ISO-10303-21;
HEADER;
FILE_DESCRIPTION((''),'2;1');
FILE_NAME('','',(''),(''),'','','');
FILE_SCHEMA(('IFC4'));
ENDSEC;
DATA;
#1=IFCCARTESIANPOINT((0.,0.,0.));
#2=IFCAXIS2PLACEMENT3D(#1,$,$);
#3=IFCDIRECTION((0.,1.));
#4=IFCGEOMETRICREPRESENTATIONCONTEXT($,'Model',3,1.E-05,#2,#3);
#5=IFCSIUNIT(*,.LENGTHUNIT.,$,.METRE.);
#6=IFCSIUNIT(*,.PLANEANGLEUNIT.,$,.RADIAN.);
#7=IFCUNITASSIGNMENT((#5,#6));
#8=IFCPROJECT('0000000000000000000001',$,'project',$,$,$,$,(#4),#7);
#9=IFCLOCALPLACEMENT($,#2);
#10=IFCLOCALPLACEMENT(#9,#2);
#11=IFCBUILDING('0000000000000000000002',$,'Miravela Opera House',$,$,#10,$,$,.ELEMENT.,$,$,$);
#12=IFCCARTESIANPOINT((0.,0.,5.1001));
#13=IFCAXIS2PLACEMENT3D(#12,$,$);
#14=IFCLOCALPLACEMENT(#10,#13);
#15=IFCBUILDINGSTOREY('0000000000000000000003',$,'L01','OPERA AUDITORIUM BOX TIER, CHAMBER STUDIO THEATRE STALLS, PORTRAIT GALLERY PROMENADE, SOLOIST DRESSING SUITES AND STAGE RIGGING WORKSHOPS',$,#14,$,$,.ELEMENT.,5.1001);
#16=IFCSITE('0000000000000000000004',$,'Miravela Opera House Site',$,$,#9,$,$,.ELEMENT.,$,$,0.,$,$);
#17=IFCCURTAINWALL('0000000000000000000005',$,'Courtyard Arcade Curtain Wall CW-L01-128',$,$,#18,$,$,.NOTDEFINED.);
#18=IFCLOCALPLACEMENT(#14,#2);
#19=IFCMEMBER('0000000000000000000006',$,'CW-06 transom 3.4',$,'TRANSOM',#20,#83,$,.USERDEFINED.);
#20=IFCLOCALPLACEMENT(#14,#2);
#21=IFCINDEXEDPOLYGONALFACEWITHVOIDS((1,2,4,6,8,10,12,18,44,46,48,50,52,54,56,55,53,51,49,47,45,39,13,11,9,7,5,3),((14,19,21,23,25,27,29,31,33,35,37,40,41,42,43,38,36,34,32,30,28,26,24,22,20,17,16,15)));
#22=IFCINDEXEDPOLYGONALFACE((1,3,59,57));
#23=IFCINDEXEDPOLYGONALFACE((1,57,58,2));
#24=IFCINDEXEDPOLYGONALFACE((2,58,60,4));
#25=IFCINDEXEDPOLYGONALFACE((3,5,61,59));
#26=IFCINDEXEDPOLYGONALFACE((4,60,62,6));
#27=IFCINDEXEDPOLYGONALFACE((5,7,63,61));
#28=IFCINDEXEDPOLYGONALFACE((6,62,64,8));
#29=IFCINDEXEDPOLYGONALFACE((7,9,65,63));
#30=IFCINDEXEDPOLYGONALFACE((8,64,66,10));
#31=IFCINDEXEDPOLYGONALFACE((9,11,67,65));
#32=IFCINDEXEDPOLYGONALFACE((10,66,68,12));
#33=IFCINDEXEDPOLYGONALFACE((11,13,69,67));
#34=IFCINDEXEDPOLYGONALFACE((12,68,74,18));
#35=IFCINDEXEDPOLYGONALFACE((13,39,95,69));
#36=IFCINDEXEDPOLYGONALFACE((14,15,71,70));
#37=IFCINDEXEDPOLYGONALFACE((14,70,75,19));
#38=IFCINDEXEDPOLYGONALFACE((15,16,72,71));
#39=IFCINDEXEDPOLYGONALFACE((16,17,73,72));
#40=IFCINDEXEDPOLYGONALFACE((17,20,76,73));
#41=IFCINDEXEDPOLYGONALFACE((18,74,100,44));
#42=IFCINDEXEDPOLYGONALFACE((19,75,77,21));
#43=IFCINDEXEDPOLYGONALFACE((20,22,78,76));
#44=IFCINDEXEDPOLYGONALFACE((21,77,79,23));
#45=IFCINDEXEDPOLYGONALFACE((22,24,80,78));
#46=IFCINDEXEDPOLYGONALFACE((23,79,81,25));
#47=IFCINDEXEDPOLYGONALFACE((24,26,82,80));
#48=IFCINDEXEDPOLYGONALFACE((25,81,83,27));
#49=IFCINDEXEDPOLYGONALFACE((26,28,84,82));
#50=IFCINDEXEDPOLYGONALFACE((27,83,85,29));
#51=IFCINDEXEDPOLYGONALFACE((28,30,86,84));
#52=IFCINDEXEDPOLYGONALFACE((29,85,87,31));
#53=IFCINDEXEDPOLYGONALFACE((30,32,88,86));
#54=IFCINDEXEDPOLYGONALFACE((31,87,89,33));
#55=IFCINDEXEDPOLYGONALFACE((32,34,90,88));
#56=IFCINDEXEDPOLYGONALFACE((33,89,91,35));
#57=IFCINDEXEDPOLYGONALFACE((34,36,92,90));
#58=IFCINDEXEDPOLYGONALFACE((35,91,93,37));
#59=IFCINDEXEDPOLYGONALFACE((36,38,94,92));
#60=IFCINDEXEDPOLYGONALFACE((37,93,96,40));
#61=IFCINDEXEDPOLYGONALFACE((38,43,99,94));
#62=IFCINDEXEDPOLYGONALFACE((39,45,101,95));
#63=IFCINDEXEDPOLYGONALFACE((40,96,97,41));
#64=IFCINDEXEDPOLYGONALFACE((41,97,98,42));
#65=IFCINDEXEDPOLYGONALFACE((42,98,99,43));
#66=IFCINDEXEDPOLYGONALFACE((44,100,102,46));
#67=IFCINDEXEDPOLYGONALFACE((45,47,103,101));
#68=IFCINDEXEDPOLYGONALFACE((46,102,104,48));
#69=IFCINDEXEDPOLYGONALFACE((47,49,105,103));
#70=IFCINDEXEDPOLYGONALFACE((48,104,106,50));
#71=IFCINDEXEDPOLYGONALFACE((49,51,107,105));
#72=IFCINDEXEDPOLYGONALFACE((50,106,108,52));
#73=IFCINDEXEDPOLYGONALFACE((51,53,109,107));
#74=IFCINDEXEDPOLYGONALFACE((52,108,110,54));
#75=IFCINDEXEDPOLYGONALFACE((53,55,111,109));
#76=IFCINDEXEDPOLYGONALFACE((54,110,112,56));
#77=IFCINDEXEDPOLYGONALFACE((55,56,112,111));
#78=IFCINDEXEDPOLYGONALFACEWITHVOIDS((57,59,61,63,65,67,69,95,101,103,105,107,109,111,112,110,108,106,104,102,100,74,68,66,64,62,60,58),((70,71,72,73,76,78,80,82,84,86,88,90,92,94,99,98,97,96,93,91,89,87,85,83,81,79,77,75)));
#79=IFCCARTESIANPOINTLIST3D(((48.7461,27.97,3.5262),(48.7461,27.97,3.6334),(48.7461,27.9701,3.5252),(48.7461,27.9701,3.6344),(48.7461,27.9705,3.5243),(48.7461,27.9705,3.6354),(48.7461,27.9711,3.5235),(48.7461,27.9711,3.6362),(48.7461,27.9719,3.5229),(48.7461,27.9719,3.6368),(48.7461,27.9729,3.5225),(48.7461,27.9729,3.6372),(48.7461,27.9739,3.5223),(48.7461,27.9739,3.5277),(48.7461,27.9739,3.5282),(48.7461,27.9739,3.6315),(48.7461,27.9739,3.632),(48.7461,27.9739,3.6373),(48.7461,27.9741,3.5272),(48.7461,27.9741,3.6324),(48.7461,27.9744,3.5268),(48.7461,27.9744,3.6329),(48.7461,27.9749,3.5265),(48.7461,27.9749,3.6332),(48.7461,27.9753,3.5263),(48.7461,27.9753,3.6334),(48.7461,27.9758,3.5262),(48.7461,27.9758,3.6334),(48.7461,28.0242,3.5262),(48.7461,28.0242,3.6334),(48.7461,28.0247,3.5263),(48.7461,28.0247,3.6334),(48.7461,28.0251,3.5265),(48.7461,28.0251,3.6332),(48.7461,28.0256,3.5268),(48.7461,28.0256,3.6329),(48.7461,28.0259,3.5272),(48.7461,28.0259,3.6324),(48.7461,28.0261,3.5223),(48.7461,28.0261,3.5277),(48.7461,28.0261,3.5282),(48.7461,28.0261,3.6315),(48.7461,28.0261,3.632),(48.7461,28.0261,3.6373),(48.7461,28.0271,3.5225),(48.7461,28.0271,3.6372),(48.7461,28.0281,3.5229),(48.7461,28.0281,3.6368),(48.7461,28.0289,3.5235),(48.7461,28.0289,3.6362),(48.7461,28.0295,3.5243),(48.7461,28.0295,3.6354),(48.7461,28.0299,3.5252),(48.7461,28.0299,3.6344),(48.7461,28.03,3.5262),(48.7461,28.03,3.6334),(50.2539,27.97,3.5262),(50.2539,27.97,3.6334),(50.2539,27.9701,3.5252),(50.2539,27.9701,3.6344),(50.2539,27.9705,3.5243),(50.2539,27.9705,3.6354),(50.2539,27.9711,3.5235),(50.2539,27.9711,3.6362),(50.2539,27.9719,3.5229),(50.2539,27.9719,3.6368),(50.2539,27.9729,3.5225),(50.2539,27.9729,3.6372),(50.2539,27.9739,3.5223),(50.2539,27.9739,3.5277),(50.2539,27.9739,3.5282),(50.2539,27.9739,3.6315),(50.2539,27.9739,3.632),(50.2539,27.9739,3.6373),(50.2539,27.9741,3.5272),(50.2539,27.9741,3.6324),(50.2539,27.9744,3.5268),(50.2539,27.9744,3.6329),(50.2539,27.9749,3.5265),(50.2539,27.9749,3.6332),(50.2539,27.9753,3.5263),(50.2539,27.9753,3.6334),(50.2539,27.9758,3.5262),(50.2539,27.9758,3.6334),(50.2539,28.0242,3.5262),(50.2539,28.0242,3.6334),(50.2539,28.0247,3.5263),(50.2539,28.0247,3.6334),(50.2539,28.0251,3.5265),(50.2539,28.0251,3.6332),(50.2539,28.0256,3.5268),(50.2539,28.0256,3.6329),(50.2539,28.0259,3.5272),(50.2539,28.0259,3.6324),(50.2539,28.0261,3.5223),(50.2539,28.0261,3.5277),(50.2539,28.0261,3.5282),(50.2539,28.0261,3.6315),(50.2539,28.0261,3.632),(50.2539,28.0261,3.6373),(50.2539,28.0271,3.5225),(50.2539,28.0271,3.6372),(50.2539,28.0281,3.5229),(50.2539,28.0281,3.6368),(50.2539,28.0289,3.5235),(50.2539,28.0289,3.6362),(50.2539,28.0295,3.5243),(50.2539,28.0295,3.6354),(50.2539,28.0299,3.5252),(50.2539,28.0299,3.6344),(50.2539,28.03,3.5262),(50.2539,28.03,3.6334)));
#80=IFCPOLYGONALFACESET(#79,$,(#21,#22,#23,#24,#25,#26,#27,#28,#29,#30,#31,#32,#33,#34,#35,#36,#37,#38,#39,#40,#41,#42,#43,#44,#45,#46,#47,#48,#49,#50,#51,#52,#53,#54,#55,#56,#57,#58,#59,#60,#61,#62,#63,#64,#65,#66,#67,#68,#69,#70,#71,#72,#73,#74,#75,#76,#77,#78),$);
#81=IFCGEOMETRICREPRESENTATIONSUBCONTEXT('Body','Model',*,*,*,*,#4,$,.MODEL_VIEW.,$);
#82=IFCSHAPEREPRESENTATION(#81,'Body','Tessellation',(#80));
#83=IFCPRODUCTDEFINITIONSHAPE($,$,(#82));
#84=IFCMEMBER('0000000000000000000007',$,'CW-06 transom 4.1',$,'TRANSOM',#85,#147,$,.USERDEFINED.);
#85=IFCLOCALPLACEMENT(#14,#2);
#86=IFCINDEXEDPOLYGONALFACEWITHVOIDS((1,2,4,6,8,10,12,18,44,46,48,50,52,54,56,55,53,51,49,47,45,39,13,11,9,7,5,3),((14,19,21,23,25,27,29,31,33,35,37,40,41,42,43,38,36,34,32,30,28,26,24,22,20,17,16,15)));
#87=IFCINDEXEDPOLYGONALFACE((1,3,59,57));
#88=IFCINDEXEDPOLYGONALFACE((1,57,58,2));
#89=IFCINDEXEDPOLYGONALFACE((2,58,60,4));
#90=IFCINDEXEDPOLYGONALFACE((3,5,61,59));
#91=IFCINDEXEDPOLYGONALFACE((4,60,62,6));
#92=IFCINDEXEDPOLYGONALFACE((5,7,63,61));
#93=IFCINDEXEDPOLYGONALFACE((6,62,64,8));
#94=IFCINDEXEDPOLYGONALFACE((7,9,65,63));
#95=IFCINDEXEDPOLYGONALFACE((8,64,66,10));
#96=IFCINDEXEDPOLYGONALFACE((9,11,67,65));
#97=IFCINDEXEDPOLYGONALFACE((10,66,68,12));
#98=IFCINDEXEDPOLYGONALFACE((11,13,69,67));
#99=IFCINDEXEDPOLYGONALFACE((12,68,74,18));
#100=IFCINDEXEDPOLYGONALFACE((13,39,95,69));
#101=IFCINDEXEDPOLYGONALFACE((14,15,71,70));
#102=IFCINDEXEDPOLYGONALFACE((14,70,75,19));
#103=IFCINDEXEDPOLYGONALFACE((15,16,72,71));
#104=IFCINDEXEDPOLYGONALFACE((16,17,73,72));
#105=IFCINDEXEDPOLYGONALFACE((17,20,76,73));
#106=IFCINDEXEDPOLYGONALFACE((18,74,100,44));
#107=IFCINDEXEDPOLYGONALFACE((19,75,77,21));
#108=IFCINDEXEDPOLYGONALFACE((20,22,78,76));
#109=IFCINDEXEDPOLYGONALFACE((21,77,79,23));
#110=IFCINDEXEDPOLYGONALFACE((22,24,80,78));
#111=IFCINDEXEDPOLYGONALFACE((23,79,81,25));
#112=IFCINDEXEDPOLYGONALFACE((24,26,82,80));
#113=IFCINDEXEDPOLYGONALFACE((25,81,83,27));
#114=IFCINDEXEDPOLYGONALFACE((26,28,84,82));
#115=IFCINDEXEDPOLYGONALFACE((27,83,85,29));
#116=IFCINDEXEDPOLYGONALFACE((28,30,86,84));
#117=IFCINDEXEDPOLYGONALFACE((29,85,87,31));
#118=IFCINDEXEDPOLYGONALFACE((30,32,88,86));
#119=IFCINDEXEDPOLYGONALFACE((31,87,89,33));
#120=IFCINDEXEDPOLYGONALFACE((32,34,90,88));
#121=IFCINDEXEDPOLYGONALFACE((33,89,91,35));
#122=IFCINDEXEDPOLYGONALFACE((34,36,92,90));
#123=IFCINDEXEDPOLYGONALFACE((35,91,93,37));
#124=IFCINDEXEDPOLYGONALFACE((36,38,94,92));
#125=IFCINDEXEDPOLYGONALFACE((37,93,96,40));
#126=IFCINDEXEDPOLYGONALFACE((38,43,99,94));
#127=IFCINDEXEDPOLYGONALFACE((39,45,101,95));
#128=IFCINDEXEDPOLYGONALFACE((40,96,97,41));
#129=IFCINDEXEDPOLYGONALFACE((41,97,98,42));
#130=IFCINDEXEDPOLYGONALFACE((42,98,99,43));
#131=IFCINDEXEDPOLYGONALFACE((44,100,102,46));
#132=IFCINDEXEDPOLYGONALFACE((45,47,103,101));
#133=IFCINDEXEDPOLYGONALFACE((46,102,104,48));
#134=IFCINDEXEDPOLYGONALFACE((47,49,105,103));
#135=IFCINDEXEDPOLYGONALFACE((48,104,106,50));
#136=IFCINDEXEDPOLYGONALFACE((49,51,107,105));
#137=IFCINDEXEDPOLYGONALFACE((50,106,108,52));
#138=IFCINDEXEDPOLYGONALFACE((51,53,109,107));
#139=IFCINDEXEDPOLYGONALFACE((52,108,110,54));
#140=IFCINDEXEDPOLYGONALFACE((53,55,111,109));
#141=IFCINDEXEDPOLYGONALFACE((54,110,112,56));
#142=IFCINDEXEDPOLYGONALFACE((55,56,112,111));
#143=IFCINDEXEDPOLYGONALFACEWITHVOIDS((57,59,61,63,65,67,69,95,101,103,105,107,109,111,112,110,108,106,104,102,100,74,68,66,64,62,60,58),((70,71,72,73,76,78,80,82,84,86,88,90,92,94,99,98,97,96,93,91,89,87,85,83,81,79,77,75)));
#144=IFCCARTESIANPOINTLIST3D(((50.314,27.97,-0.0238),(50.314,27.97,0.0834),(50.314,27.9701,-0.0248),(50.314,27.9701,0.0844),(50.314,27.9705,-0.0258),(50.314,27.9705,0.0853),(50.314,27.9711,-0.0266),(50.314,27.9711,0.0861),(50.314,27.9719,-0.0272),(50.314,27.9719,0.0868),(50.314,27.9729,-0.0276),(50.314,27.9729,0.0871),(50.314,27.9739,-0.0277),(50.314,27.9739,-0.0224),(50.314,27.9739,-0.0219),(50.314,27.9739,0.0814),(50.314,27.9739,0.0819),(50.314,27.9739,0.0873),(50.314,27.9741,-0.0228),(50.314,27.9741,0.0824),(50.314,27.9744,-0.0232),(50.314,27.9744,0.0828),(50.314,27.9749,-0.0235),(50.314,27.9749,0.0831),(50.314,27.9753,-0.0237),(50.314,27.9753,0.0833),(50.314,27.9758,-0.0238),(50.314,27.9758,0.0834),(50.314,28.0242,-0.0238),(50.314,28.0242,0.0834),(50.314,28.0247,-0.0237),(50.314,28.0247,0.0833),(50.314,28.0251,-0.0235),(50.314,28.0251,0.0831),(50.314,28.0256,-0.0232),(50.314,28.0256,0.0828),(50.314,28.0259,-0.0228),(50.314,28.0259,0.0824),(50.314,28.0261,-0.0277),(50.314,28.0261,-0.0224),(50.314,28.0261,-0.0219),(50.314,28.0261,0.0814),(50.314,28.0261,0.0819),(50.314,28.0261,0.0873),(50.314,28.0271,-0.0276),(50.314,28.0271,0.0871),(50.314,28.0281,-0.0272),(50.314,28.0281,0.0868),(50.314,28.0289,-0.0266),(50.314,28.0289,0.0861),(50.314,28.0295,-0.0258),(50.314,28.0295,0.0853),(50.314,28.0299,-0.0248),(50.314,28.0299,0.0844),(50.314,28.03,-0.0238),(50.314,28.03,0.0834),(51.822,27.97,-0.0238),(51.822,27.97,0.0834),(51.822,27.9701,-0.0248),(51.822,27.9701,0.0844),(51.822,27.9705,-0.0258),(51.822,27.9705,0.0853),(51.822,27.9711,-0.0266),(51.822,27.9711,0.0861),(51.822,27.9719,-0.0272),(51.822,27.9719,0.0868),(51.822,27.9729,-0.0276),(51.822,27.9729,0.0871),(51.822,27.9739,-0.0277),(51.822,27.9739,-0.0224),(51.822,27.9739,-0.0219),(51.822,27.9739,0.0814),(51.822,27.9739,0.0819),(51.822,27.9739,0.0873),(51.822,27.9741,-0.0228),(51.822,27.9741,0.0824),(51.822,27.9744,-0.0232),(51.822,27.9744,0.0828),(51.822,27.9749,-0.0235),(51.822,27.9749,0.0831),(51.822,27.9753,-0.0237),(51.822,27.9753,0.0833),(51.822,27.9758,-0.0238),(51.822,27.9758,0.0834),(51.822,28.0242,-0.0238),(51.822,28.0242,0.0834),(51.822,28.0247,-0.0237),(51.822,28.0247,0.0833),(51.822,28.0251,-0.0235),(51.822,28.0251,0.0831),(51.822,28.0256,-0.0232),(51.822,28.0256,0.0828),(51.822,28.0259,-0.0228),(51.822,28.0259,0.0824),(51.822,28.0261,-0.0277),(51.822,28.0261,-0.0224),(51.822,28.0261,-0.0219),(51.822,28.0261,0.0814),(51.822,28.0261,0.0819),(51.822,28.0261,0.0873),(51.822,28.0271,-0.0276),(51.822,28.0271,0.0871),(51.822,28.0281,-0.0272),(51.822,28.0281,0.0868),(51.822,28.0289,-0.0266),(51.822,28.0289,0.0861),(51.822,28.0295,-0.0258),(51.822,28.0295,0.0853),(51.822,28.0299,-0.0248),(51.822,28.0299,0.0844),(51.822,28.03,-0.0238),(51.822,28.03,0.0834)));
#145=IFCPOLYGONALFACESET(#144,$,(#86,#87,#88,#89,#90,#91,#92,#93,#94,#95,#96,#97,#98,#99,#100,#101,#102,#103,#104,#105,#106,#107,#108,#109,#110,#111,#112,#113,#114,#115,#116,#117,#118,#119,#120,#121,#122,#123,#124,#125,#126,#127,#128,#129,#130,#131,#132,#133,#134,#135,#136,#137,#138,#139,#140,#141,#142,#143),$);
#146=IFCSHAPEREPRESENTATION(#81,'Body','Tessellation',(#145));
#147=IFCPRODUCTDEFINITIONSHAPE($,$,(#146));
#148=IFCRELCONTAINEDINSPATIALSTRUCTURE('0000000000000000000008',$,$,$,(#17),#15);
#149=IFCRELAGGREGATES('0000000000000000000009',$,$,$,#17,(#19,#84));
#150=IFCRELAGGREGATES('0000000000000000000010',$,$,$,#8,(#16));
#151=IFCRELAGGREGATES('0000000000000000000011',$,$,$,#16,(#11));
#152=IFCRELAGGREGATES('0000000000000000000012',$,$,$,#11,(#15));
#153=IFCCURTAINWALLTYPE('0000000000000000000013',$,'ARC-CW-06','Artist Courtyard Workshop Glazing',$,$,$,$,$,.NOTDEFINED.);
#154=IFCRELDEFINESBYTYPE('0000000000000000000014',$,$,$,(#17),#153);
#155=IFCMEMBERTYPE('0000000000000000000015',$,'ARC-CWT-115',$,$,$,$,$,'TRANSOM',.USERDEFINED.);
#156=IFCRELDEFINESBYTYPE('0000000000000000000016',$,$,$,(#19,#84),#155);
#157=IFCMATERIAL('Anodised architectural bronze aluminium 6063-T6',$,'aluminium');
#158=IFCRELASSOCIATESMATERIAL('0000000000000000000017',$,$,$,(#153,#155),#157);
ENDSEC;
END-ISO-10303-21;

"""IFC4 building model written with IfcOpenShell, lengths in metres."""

from ifc_helpers import new_model, si_unit, direction, frame, origin, origin_2d, place, context, subcontext, project, spatial, hollow_rectangle, extrude, material, material_profile, profile_set, type_object, element, aggregate, save


model = new_model("IFC4")

# Units and contexts
model_context = context("Model", 3, precision=1e-05, world=origin(), true_north=direction((0.0, 1.0)))
body_context = subcontext(model_context, "Body", "Model", "MODEL_VIEW")
ifc_project = project(units=[si_unit("LENGTHUNIT", "METRE"), si_unit("PLANEANGLEUNIT", "RADIAN")], contexts=[model_context])

# Site, building, storey
site_placement = place(None, origin())
site = spatial("IfcSite", under=ifc_project, at=site_placement, Name="Miravela Opera House Site", CompositionType="ELEMENT", RefElevation=0.0)
building_placement = place(site_placement, origin())
building = spatial("IfcBuilding", under=site, at=building_placement, Name="Miravela Opera House", CompositionType="ELEMENT")
storey_placement = place(building_placement, frame((0.0, 0.0, 5.1001)))
storey = spatial("IfcBuildingStorey", under=building, at=storey_placement, Name="L01", Description="OPERA AUDITORIUM BOX TIER, CHAMBER STUDIO THEATRE STALLS, PORTRAIT GALLERY PROMENADE, SOLOIST DRESSING SUITES AND STAGE RIGGING WORKSHOPS", CompositionType="ELEMENT", Elevation=5.1001)

# Curtain wall, members
ifc_material_1 = material(Name="Anodised architectural bronze aluminium 6063-T6", Category="aluminium")
curtain_wall_type = type_object("IfcCurtainWallType", Name="ARC-CW-06", Description="Artist Courtyard Workshop Glazing", PredefinedType="NOTDEFINED", material=ifc_material_1)
curtain_wall_placement = place(storey_placement, origin())
curtain_wall = element("IfcCurtainWall", 1, at=curtain_wall_placement, inside=storey, type_object=curtain_wall_type, Name="Courtyard Arcade Curtain Wall CW-L01-128", PredefinedType="NOTDEFINED")
ifc_material_profile_1 = material_profile(ifc_material_1, hollow_rectangle(XDim=0.0601, YDim=0.115, WallThickness=0.0039, InnerFilletRadius=0.002, OuterFilletRadius=0.0039, at=origin_2d()), Name="CWT-60X115")
ifc_profile_set_1 = profile_set([ifc_material_profile_1])
member_type_1 = type_object("IfcMemberType", Name="ARC-CWT-115", ElementType="TRANSOM", PredefinedType="USERDEFINED", material=ifc_profile_set_1)
member_1_placement = place(storey_placement, frame((48.7461, 28.0, 3.5798), z_axis=(1.0, 0.0, 0.0), x_axis=(0.0, 1.0, 0.0)))
member_1 = element("IfcMember", 2, at=member_1_placement, type_object=member_type_1, Name="CW-06 transom 3.4", ObjectType="TRANSOM", PredefinedType="USERDEFINED", context=body_context, shape_type="SweptSolid", body=[
    extrude(hollow_rectangle(XDim=0.0601, YDim=0.115, WallThickness=0.0039, InnerFilletRadius=0.002, OuterFilletRadius=0.0039, at=origin_2d()), origin(), (0.0, 0.0, 1.0), 1.5078),
])
member_2_placement = place(storey_placement, frame((50.314, 28.0, 0.0298), z_axis=(1.0, 0.0, 0.0), x_axis=(0.0, 1.0, 0.0)))
member_2 = element("IfcMember", 3, at=member_2_placement, type_object=member_type_1, Name="CW-06 transom 4.1", ObjectType="TRANSOM", PredefinedType="USERDEFINED", context=body_context, shape_type="SweptSolid", body=[
    extrude(hollow_rectangle(XDim=0.0601, YDim=0.115, WallThickness=0.0039, InnerFilletRadius=0.002, OuterFilletRadius=0.0039, at=origin_2d()), origin(), (0.0, 0.0, 1.0), 1.5081),
])
aggregate(curtain_wall, [member_1, member_2])

save(model, "model.ifc")
